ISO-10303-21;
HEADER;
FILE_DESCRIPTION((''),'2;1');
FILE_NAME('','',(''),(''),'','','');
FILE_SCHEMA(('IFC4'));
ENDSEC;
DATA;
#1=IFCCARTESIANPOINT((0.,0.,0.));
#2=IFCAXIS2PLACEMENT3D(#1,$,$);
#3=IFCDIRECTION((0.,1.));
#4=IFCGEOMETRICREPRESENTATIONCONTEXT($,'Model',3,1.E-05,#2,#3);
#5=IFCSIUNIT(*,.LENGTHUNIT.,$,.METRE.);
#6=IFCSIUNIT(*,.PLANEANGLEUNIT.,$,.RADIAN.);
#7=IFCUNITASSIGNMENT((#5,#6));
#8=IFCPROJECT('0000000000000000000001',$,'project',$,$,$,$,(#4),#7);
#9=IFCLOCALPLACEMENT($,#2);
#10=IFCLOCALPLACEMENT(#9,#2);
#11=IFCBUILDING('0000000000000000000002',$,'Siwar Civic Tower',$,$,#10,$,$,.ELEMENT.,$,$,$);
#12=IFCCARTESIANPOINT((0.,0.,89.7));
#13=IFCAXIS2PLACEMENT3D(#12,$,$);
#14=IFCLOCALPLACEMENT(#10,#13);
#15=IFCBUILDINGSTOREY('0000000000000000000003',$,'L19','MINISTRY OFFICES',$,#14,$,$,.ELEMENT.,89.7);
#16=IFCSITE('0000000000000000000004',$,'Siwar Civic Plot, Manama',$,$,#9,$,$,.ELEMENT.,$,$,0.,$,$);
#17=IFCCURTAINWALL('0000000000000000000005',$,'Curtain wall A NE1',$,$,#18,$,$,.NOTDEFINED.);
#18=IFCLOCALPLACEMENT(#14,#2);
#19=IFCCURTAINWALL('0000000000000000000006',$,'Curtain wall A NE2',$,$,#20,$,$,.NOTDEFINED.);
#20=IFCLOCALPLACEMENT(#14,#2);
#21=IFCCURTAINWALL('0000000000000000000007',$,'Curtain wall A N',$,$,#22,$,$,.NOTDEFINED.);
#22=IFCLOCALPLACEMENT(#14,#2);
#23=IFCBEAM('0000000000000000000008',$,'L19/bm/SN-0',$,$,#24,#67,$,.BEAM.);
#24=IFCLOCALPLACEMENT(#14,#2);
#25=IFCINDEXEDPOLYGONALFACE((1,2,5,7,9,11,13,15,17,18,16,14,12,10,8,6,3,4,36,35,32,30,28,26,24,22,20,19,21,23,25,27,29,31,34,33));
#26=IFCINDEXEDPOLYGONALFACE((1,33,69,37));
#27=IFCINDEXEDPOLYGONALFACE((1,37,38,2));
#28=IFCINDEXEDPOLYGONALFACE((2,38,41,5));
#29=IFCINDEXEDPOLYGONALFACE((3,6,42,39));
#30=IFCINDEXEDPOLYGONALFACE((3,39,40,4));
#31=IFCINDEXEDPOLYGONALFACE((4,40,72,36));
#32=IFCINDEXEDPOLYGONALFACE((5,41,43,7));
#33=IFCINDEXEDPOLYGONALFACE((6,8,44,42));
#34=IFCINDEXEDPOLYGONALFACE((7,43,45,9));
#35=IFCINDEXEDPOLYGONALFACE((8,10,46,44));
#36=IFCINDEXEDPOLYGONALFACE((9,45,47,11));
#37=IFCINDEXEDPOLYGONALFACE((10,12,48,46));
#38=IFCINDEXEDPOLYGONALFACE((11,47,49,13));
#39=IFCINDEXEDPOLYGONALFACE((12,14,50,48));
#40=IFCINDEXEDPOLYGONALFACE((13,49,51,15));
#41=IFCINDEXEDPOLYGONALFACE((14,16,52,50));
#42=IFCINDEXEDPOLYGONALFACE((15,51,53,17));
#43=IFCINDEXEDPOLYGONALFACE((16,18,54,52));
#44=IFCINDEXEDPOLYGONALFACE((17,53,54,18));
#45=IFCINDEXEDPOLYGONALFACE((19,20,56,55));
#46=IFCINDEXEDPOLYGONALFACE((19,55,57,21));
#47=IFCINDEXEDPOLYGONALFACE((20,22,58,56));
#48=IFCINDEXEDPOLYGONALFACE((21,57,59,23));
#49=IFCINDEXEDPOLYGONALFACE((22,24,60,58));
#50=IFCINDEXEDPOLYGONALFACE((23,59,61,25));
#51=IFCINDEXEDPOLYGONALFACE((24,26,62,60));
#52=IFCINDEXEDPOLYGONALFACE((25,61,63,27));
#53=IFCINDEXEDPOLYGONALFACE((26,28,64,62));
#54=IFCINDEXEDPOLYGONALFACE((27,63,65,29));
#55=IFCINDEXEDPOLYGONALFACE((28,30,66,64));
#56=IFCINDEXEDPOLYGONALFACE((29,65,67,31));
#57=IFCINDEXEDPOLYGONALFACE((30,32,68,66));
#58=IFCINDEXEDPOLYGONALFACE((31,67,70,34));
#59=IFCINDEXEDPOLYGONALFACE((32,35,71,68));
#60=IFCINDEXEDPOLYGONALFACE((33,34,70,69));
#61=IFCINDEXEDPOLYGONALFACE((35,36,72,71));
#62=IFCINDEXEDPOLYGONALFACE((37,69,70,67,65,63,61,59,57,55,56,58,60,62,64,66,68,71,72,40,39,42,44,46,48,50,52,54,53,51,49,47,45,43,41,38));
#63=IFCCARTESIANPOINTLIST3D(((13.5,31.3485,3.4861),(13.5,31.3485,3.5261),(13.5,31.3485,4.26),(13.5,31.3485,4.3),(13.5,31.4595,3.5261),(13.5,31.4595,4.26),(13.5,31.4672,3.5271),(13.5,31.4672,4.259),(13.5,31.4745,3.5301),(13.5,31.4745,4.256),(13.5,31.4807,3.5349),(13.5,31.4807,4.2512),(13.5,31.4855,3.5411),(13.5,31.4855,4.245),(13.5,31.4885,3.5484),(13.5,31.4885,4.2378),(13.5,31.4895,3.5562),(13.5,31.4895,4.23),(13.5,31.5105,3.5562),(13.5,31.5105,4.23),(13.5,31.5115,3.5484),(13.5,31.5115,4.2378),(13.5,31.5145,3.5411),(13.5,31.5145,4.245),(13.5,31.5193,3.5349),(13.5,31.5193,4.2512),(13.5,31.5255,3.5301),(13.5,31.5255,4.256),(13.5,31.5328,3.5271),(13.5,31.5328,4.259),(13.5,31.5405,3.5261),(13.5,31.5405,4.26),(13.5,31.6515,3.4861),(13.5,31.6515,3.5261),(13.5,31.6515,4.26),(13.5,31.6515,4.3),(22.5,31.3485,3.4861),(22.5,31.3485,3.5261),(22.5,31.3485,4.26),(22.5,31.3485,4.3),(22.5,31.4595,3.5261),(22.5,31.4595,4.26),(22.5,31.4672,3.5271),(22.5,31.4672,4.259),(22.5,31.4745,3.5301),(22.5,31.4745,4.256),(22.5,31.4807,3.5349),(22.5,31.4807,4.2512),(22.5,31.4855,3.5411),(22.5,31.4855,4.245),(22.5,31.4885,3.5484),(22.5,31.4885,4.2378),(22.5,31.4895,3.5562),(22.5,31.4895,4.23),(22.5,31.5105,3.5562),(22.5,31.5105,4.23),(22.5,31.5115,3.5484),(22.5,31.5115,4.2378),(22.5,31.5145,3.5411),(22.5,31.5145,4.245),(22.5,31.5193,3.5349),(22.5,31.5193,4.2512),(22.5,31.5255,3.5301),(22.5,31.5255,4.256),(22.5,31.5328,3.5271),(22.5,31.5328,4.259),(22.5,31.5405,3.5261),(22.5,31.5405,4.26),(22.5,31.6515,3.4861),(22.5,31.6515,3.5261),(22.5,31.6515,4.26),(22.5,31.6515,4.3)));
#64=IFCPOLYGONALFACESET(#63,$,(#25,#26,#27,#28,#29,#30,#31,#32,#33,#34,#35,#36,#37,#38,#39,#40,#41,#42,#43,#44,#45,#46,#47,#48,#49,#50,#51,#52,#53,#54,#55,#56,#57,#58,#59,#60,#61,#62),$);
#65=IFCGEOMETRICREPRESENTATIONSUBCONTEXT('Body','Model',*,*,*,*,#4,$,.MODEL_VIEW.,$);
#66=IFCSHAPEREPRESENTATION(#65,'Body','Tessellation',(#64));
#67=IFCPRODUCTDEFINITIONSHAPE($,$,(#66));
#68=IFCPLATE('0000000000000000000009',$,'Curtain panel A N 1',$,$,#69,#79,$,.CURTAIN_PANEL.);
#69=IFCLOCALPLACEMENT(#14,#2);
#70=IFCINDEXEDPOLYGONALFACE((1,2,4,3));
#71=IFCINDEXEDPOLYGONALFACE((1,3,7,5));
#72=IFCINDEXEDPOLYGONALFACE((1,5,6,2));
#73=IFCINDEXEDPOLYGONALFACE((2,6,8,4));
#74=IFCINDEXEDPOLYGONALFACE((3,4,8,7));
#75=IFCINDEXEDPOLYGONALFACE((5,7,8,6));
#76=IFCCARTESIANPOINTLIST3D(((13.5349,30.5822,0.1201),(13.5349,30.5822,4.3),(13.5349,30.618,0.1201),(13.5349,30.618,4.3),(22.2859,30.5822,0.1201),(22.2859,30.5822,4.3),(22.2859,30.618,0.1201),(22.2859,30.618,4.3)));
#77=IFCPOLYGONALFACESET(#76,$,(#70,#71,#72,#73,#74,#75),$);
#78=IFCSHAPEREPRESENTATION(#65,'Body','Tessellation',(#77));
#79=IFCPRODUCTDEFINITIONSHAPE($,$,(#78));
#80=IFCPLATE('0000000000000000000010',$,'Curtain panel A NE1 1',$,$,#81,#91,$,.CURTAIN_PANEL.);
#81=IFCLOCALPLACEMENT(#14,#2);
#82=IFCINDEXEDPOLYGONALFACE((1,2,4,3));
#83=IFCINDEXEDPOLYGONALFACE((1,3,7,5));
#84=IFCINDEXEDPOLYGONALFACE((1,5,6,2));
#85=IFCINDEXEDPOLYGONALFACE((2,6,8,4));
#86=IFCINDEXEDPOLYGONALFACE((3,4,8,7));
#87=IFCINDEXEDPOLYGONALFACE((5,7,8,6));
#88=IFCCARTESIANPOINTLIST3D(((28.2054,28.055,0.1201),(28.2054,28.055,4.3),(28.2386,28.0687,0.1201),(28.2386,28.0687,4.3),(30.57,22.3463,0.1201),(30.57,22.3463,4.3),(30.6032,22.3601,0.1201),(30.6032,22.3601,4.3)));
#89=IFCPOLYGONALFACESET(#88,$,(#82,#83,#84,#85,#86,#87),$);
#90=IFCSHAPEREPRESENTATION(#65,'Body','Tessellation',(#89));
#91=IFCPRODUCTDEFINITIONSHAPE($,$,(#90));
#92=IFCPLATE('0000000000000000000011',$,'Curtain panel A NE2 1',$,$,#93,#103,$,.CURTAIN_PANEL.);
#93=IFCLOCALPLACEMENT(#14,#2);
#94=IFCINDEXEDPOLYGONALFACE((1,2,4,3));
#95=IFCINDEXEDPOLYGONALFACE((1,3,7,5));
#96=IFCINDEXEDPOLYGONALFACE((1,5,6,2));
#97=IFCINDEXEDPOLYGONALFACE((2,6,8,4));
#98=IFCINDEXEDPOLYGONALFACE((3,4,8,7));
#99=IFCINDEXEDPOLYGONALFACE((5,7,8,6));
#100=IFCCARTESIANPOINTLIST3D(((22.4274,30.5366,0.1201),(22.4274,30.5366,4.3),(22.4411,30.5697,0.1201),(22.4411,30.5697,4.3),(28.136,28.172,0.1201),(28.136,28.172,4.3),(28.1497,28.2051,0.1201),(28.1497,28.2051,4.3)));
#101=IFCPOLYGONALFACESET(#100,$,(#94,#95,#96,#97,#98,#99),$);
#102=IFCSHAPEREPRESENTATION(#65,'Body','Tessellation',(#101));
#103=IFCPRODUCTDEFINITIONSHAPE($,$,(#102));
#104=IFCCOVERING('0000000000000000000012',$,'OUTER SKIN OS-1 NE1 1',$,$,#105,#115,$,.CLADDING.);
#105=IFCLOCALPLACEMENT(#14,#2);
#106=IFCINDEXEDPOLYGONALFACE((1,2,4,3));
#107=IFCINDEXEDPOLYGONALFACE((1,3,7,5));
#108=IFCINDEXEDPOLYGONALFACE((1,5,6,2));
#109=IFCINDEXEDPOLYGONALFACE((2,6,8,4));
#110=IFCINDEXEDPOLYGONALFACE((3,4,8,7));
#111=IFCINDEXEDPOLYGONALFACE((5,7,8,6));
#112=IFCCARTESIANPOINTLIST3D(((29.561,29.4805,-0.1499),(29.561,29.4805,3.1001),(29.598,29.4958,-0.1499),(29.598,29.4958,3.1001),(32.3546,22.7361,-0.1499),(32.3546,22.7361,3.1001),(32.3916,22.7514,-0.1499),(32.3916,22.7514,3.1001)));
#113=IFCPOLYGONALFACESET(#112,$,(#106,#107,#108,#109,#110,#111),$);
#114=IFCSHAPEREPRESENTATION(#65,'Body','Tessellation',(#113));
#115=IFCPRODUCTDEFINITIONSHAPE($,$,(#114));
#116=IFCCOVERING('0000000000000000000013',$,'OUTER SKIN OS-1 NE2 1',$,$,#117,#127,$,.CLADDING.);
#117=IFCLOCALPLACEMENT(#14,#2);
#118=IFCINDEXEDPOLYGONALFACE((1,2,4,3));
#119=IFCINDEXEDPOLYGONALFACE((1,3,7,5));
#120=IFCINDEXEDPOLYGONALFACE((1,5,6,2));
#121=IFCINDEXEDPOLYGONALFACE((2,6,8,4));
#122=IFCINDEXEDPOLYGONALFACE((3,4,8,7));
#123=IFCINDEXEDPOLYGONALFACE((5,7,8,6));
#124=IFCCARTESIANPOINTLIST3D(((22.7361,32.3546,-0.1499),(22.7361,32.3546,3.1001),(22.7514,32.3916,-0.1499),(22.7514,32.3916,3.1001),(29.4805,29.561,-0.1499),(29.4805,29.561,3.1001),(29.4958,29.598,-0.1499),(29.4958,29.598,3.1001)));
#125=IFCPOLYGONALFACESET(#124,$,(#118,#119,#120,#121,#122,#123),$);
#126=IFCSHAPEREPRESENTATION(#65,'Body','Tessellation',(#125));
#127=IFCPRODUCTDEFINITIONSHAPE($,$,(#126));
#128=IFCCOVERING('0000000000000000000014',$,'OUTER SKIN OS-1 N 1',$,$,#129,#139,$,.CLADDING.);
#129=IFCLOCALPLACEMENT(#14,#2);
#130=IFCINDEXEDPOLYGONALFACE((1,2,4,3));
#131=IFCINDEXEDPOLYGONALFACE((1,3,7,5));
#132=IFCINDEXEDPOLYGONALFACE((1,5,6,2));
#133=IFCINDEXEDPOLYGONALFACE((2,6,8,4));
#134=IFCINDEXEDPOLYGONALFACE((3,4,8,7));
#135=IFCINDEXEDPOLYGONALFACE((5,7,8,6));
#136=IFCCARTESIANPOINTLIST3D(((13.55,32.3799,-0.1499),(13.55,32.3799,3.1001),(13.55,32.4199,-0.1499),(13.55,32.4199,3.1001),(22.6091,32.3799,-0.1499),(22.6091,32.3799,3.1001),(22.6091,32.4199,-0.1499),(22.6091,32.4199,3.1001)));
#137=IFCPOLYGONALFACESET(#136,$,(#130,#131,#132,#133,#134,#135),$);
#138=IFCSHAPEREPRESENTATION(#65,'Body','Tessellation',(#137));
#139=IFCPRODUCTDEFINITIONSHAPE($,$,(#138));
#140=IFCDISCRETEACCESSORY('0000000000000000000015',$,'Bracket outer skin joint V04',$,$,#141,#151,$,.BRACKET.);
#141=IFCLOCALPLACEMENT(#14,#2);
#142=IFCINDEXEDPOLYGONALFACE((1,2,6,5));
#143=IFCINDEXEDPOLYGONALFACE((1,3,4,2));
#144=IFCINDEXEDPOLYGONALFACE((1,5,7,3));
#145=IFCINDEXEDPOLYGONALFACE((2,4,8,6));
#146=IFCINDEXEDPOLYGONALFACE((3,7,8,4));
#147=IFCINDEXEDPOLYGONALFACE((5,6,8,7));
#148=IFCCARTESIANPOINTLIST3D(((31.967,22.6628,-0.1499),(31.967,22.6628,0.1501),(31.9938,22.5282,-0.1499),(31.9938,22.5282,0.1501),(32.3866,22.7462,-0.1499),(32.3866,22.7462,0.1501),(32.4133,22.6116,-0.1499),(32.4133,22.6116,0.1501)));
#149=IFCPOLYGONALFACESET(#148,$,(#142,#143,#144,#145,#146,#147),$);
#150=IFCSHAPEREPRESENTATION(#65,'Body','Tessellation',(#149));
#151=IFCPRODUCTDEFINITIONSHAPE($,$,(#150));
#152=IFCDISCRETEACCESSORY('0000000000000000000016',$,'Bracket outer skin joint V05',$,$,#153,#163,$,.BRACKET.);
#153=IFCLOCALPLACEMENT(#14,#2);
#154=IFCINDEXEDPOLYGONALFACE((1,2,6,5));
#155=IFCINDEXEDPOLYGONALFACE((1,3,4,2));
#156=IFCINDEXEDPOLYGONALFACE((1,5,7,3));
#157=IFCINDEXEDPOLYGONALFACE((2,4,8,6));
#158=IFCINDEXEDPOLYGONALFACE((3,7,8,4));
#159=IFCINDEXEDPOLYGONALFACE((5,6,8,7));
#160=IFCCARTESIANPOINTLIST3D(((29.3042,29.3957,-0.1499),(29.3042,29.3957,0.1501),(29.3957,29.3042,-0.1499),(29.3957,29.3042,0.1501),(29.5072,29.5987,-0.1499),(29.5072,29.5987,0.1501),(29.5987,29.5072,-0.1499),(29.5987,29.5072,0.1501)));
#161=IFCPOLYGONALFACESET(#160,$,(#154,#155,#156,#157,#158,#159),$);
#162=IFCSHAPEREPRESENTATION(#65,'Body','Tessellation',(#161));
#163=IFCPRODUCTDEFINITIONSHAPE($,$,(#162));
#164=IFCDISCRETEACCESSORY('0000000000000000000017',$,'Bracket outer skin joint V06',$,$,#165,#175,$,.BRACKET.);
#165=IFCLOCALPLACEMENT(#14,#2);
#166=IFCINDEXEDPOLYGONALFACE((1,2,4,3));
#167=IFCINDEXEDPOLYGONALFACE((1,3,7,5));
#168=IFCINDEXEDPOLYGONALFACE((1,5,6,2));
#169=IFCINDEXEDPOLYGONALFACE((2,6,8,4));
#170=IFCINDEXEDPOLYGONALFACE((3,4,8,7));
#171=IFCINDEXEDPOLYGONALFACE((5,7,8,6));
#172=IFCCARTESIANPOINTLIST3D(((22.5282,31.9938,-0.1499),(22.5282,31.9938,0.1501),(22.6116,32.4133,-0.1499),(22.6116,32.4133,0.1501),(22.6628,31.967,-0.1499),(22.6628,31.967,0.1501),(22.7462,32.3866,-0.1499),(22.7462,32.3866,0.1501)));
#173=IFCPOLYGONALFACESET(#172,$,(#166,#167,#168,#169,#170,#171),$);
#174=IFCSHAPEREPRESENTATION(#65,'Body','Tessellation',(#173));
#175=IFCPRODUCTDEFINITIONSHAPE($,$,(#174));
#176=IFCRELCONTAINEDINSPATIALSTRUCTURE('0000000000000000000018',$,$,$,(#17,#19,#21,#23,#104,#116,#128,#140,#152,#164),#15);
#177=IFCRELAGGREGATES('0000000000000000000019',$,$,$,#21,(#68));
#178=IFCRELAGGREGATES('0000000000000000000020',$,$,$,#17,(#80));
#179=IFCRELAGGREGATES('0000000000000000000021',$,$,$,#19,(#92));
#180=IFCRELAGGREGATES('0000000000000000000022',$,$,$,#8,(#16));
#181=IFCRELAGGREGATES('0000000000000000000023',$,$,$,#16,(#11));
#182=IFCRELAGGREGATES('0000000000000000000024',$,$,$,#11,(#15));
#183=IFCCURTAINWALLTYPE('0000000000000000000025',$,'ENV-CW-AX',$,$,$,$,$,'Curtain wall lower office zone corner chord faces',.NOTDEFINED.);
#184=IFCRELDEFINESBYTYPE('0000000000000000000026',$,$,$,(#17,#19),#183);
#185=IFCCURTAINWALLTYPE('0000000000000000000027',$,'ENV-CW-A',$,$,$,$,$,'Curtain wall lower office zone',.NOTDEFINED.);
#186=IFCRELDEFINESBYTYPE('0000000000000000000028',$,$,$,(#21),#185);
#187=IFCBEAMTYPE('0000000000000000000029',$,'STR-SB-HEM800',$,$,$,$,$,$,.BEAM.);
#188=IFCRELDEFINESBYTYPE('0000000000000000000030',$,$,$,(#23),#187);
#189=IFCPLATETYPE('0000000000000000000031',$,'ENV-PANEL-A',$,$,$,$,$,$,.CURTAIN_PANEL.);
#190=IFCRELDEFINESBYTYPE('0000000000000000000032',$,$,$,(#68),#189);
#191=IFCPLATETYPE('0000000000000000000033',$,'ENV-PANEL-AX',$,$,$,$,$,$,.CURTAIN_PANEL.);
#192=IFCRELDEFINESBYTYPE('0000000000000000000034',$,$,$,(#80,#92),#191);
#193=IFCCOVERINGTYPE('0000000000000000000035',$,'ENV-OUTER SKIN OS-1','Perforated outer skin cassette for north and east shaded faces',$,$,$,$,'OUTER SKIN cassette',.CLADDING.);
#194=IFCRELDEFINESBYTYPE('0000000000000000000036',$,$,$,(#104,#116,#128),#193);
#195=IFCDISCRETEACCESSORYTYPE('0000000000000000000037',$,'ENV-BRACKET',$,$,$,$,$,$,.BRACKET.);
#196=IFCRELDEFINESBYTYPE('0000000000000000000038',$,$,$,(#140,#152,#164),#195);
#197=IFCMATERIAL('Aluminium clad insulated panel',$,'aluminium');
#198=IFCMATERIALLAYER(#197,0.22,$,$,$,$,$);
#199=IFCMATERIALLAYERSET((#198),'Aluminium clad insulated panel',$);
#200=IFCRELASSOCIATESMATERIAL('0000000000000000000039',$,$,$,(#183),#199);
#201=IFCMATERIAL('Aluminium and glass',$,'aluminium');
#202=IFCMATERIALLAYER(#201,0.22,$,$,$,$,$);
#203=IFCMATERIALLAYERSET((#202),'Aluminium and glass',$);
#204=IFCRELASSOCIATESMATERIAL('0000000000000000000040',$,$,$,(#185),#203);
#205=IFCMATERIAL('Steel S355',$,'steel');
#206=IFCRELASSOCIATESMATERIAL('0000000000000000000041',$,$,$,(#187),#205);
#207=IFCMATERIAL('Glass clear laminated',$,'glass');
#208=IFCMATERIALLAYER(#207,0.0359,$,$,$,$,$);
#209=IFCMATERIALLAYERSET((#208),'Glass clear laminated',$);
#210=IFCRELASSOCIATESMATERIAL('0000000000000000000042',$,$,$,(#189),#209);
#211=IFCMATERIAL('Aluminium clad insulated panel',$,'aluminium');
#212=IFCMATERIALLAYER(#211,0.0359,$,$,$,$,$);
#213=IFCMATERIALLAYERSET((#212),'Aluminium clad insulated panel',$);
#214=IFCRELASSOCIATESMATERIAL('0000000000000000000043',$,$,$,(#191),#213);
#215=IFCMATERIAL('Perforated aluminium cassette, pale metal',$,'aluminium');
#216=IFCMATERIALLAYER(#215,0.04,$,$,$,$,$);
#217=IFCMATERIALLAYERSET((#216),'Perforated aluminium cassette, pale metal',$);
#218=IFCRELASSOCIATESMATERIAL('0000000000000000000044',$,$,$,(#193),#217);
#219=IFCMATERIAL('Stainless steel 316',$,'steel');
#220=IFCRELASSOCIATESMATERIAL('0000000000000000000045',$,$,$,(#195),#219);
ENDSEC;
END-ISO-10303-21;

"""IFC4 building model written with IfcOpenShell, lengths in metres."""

from ifc_helpers import new_model, si_unit, direction, frame, origin, origin_2d, place, context, subcontext, project, spatial, rectangle, i_section, extrude, material, layer, layer_set, material_profile, profile_set, type_object, element, aggregate, save


model = new_model("IFC4")

# Units and contexts
model_context = context("Model", 3, precision=1e-05, world=origin(), true_north=direction((0.0, 1.0)))
body_context = subcontext(model_context, "Body", "Model", "MODEL_VIEW")
ifc_project = project(units=[si_unit("LENGTHUNIT", "METRE"), si_unit("PLANEANGLEUNIT", "RADIAN")], contexts=[model_context])

# Site, building, storey
site_placement = place(None, origin())
site = spatial("IfcSite", under=ifc_project, at=site_placement, Name="Siwar Civic Plot, Manama", CompositionType="ELEMENT", RefElevation=0.0)
building_placement = place(site_placement, origin())
building = spatial("IfcBuilding", under=site, at=building_placement, Name="Siwar Civic Tower", CompositionType="ELEMENT")
storey_placement = place(building_placement, frame((0.0, 0.0, 89.7)))
storey = spatial("IfcBuildingStorey", under=building, at=storey_placement, Name="L19", Description="MINISTRY OFFICES", CompositionType="ELEMENT", Elevation=89.7)

# Curtain walls
ifc_material_1 = material(Name="Aluminium clad insulated panel", Category="aluminium")
ifc_layer_1 = layer(ifc_material_1, 0.22)
ifc_layer_set_1 = layer_set([ifc_layer_1], Name="Aluminium clad insulated panel")
curtain_wall_type_1 = type_object("IfcCurtainWallType", Name="ENV-CW-AX", ElementType="Curtain wall lower office zone corner chord faces", PredefinedType="NOTDEFINED", material=ifc_layer_set_1)
curtain_wall_1_placement = place(storey_placement, origin())
curtain_wall_1 = element("IfcCurtainWall", 1, at=curtain_wall_1_placement, inside=storey, type_object=curtain_wall_type_1, Name="Curtain wall A NE1", PredefinedType="NOTDEFINED")
curtain_wall_2_placement = place(storey_placement, origin())
curtain_wall_2 = element("IfcCurtainWall", 2, at=curtain_wall_2_placement, inside=storey, type_object=curtain_wall_type_1, Name="Curtain wall A NE2", PredefinedType="NOTDEFINED")
ifc_material_2 = material(Name="Aluminium and glass", Category="aluminium")
ifc_layer_2 = layer(ifc_material_2, 0.22)
ifc_layer_set_2 = layer_set([ifc_layer_2], Name="Aluminium and glass")
curtain_wall_type_2 = type_object("IfcCurtainWallType", Name="ENV-CW-A", ElementType="Curtain wall lower office zone", PredefinedType="NOTDEFINED", material=ifc_layer_set_2)
curtain_wall_3_placement = place(storey_placement, origin())
curtain_wall_3 = element("IfcCurtainWall", 3, at=curtain_wall_3_placement, inside=storey, type_object=curtain_wall_type_2, Name="Curtain wall A N", PredefinedType="NOTDEFINED")

# Beam
ifc_material_3 = material(Name="Steel S355", Category="steel")
ifc_material_profile_1 = material_profile(ifc_material_3, i_section(OverallWidth=0.303, OverallDepth=0.814, WebThickness=0.021, FlangeThickness=0.04, FilletRadius=0.03, at=origin_2d()), Name="HEM800")
ifc_profile_set_1 = profile_set([ifc_material_profile_1], Name="Steel S355")
beam_type_1 = type_object("IfcBeamType", Name="STR-SB-HEM800", PredefinedType="BEAM", material=ifc_profile_set_1)
beam_1_placement = place(storey_placement, frame((22.5, 31.5, 3.8931), z_axis=(-1.0, 0.0, 0.0), x_axis=(0.0, -1.0, 0.0)))
element("IfcBeam", 4, at=beam_1_placement, inside=storey, type_object=beam_type_1, Name="L19/bm/SN-0", PredefinedType="BEAM", context=body_context, shape_type="SweptSolid", body=[
    extrude(i_section(OverallWidth=0.303, OverallDepth=0.814, WebThickness=0.021, FlangeThickness=0.04, FilletRadius=0.03, at=origin_2d()), origin(), (0.0, 0.0, 1.0), 9.0),
])

# Plates
ifc_material_4 = material(Name="Glass clear laminated", Category="glass")
ifc_layer_3 = layer(ifc_material_4, 0.0359)
ifc_layer_set_3 = layer_set([ifc_layer_3], Name="Glass clear laminated")
plate_type_1 = type_object("IfcPlateType", Name="ENV-PANEL-A", PredefinedType="CURTAIN_PANEL", material=ifc_layer_set_3)
plate_1_placement = place(storey_placement, frame((17.9104, 30.6001, 0.1201), z_axis=(0.0, 0.0, 1.0), x_axis=(-1.0, 0.0, 0.0)))
plate_1 = element("IfcPlate", 5, at=plate_1_placement, type_object=plate_type_1, Name="Curtain panel A N 1", PredefinedType="CURTAIN_PANEL", context=body_context, shape_type="SweptSolid", body=[
    extrude(rectangle(XDim=8.751, YDim=0.0359, at=origin_2d()), origin(), (0.0, 0.0, 1.0), 4.1799),
])
aggregate(curtain_wall_3, [plate_1])
ifc_material_5 = material(Name="Aluminium clad insulated panel", Category="aluminium")
ifc_layer_4 = layer(ifc_material_5, 0.0359)
ifc_layer_set_4 = layer_set([ifc_layer_4], Name="Aluminium clad insulated panel")
plate_type_2 = type_object("IfcPlateType", Name="ENV-PANEL-AX", PredefinedType="CURTAIN_PANEL", material=ifc_layer_set_4)
plate_2_placement = place(storey_placement, frame((29.4043, 25.2075, 0.1201), z_axis=(0.0, 0.0, 1.0), x_axis=(-0.382683, 0.92388, 0.0)))
plate_2 = element("IfcPlate", 6, at=plate_2_placement, type_object=plate_type_2, Name="Curtain panel A NE1 1", PredefinedType="CURTAIN_PANEL", context=body_context, shape_type="SweptSolid", body=[
    extrude(rectangle(XDim=6.179, YDim=0.0359, at=origin_2d()), origin(), (0.0, 0.0, 1.0), 4.1799),
])
aggregate(curtain_wall_1, [plate_2])
plate_3_placement = place(storey_placement, frame((25.2886, 29.3708, 0.1201), z_axis=(0.0, 0.0, 1.0), x_axis=(-0.92388, 0.382683, 0.0)))
plate_3 = element("IfcPlate", 7, at=plate_3_placement, type_object=plate_type_2, Name="Curtain panel A NE2 1", PredefinedType="CURTAIN_PANEL", context=body_context, shape_type="SweptSolid", body=[
    extrude(rectangle(XDim=6.179, YDim=0.0359, at=origin_2d()), origin(), (0.0, 0.0, 1.0), 4.1799),
])
aggregate(curtain_wall_2, [plate_3])

# Coverings
ifc_material_6 = material(Name="Perforated aluminium cassette, pale metal", Category="aluminium")
ifc_layer_5 = layer(ifc_material_6, 0.04)
ifc_layer_set_5 = layer_set([ifc_layer_5], Name="Perforated aluminium cassette, pale metal")
covering_type = type_object("IfcCoveringType", Name="ENV-OUTER SKIN OS-1", Description="Perforated outer skin cassette for north and east shaded faces", ElementType="OUTER SKIN cassette", PredefinedType="CLADDING", material=ifc_layer_set_5)
for number, where, z_axis, x_axis, name in (
    (8, (30.9763, 26.116, -0.1499), (0.0, 0.0, 1.0), (-0.382683, 0.92388, 0.0), "OUTER SKIN OS-1 NE1 1"),
    (9, (26.116, 30.9763, -0.1499), (0.0, 0.0, 1.0), (-0.92388, 0.382683, 0.0), "OUTER SKIN OS-1 NE2 1"),
):
    element("IfcCovering", number, at=place(storey_placement, frame(where, z_axis=z_axis, x_axis=x_axis)), inside=storey, type_object=covering_type, Name=name, PredefinedType="CLADDING", context=body_context, shape_type="SweptSolid", body=[
        extrude(rectangle(XDim=7.3, YDim=0.04, at=origin_2d()), origin(), (0.0, 0.0, 1.0), 3.25),
    ])
covering_placement = place(storey_placement, frame((18.0796, 32.3999, -0.1499), z_axis=(0.0, 0.0, 1.0), x_axis=(-1.0, 0.0, 0.0)))
element("IfcCovering", 10, at=covering_placement, inside=storey, type_object=covering_type, Name="OUTER SKIN OS-1 N 1", PredefinedType="CLADDING", context=body_context, shape_type="SweptSolid", body=[
    extrude(rectangle(XDim=9.0591, YDim=0.04, at=origin_2d()), origin(), (0.0, 0.0, 1.0), 3.25),
])

# Discrete accessories
ifc_material_7 = material(Name="Stainless steel 316", Category="steel")
discrete_accessory_type = type_object("IfcDiscreteAccessoryType", Name="ENV-BRACKET", PredefinedType="BRACKET", material=ifc_material_7)
discrete_accessory_1_placement = place(storey_placement, frame((32.1902, 22.6372, -0.1499), z_axis=(0.0, 0.0, 1.0), x_axis=(0.980785, 0.19509, 0.0)))
element("IfcDiscreteAccessory", 11, at=discrete_accessory_1_placement, inside=storey, type_object=discrete_accessory_type, Name="Bracket outer skin joint V04", PredefinedType="BRACKET", context=body_context, shape_type="SweptSolid", body=[
    extrude(rectangle(XDim=0.4277, YDim=0.1372, at=origin_2d()), origin(), (0.0, 0.0, 1.0), 0.3),
])
discrete_accessory_2_placement = place(storey_placement, frame((29.4514, 29.4514, -0.1499), z_axis=(0.0, 0.0, 1.0), x_axis=(0.707107, 0.707107, 0.0)))
element("IfcDiscreteAccessory", 12, at=discrete_accessory_2_placement, inside=storey, type_object=discrete_accessory_type, Name="Bracket outer skin joint V05", PredefinedType="BRACKET", context=body_context, shape_type="SweptSolid", body=[
    extrude(rectangle(XDim=0.2871, YDim=0.1294, at=origin_2d()), origin(), (0.0, 0.0, 1.0), 0.3),
])
discrete_accessory_3_placement = place(storey_placement, frame((22.6372, 32.1902, -0.1499), z_axis=(0.0, 0.0, 1.0), x_axis=(0.19509, 0.980785, 0.0)))
element("IfcDiscreteAccessory", 13, at=discrete_accessory_3_placement, inside=storey, type_object=discrete_accessory_type, Name="Bracket outer skin joint V06", PredefinedType="BRACKET", context=body_context, shape_type="SweptSolid", body=[
    extrude(rectangle(XDim=0.4277, YDim=0.1372, at=origin_2d()), origin(), (0.0, 0.0, 1.0), 0.3),
])

save(model, "model.ifc")
